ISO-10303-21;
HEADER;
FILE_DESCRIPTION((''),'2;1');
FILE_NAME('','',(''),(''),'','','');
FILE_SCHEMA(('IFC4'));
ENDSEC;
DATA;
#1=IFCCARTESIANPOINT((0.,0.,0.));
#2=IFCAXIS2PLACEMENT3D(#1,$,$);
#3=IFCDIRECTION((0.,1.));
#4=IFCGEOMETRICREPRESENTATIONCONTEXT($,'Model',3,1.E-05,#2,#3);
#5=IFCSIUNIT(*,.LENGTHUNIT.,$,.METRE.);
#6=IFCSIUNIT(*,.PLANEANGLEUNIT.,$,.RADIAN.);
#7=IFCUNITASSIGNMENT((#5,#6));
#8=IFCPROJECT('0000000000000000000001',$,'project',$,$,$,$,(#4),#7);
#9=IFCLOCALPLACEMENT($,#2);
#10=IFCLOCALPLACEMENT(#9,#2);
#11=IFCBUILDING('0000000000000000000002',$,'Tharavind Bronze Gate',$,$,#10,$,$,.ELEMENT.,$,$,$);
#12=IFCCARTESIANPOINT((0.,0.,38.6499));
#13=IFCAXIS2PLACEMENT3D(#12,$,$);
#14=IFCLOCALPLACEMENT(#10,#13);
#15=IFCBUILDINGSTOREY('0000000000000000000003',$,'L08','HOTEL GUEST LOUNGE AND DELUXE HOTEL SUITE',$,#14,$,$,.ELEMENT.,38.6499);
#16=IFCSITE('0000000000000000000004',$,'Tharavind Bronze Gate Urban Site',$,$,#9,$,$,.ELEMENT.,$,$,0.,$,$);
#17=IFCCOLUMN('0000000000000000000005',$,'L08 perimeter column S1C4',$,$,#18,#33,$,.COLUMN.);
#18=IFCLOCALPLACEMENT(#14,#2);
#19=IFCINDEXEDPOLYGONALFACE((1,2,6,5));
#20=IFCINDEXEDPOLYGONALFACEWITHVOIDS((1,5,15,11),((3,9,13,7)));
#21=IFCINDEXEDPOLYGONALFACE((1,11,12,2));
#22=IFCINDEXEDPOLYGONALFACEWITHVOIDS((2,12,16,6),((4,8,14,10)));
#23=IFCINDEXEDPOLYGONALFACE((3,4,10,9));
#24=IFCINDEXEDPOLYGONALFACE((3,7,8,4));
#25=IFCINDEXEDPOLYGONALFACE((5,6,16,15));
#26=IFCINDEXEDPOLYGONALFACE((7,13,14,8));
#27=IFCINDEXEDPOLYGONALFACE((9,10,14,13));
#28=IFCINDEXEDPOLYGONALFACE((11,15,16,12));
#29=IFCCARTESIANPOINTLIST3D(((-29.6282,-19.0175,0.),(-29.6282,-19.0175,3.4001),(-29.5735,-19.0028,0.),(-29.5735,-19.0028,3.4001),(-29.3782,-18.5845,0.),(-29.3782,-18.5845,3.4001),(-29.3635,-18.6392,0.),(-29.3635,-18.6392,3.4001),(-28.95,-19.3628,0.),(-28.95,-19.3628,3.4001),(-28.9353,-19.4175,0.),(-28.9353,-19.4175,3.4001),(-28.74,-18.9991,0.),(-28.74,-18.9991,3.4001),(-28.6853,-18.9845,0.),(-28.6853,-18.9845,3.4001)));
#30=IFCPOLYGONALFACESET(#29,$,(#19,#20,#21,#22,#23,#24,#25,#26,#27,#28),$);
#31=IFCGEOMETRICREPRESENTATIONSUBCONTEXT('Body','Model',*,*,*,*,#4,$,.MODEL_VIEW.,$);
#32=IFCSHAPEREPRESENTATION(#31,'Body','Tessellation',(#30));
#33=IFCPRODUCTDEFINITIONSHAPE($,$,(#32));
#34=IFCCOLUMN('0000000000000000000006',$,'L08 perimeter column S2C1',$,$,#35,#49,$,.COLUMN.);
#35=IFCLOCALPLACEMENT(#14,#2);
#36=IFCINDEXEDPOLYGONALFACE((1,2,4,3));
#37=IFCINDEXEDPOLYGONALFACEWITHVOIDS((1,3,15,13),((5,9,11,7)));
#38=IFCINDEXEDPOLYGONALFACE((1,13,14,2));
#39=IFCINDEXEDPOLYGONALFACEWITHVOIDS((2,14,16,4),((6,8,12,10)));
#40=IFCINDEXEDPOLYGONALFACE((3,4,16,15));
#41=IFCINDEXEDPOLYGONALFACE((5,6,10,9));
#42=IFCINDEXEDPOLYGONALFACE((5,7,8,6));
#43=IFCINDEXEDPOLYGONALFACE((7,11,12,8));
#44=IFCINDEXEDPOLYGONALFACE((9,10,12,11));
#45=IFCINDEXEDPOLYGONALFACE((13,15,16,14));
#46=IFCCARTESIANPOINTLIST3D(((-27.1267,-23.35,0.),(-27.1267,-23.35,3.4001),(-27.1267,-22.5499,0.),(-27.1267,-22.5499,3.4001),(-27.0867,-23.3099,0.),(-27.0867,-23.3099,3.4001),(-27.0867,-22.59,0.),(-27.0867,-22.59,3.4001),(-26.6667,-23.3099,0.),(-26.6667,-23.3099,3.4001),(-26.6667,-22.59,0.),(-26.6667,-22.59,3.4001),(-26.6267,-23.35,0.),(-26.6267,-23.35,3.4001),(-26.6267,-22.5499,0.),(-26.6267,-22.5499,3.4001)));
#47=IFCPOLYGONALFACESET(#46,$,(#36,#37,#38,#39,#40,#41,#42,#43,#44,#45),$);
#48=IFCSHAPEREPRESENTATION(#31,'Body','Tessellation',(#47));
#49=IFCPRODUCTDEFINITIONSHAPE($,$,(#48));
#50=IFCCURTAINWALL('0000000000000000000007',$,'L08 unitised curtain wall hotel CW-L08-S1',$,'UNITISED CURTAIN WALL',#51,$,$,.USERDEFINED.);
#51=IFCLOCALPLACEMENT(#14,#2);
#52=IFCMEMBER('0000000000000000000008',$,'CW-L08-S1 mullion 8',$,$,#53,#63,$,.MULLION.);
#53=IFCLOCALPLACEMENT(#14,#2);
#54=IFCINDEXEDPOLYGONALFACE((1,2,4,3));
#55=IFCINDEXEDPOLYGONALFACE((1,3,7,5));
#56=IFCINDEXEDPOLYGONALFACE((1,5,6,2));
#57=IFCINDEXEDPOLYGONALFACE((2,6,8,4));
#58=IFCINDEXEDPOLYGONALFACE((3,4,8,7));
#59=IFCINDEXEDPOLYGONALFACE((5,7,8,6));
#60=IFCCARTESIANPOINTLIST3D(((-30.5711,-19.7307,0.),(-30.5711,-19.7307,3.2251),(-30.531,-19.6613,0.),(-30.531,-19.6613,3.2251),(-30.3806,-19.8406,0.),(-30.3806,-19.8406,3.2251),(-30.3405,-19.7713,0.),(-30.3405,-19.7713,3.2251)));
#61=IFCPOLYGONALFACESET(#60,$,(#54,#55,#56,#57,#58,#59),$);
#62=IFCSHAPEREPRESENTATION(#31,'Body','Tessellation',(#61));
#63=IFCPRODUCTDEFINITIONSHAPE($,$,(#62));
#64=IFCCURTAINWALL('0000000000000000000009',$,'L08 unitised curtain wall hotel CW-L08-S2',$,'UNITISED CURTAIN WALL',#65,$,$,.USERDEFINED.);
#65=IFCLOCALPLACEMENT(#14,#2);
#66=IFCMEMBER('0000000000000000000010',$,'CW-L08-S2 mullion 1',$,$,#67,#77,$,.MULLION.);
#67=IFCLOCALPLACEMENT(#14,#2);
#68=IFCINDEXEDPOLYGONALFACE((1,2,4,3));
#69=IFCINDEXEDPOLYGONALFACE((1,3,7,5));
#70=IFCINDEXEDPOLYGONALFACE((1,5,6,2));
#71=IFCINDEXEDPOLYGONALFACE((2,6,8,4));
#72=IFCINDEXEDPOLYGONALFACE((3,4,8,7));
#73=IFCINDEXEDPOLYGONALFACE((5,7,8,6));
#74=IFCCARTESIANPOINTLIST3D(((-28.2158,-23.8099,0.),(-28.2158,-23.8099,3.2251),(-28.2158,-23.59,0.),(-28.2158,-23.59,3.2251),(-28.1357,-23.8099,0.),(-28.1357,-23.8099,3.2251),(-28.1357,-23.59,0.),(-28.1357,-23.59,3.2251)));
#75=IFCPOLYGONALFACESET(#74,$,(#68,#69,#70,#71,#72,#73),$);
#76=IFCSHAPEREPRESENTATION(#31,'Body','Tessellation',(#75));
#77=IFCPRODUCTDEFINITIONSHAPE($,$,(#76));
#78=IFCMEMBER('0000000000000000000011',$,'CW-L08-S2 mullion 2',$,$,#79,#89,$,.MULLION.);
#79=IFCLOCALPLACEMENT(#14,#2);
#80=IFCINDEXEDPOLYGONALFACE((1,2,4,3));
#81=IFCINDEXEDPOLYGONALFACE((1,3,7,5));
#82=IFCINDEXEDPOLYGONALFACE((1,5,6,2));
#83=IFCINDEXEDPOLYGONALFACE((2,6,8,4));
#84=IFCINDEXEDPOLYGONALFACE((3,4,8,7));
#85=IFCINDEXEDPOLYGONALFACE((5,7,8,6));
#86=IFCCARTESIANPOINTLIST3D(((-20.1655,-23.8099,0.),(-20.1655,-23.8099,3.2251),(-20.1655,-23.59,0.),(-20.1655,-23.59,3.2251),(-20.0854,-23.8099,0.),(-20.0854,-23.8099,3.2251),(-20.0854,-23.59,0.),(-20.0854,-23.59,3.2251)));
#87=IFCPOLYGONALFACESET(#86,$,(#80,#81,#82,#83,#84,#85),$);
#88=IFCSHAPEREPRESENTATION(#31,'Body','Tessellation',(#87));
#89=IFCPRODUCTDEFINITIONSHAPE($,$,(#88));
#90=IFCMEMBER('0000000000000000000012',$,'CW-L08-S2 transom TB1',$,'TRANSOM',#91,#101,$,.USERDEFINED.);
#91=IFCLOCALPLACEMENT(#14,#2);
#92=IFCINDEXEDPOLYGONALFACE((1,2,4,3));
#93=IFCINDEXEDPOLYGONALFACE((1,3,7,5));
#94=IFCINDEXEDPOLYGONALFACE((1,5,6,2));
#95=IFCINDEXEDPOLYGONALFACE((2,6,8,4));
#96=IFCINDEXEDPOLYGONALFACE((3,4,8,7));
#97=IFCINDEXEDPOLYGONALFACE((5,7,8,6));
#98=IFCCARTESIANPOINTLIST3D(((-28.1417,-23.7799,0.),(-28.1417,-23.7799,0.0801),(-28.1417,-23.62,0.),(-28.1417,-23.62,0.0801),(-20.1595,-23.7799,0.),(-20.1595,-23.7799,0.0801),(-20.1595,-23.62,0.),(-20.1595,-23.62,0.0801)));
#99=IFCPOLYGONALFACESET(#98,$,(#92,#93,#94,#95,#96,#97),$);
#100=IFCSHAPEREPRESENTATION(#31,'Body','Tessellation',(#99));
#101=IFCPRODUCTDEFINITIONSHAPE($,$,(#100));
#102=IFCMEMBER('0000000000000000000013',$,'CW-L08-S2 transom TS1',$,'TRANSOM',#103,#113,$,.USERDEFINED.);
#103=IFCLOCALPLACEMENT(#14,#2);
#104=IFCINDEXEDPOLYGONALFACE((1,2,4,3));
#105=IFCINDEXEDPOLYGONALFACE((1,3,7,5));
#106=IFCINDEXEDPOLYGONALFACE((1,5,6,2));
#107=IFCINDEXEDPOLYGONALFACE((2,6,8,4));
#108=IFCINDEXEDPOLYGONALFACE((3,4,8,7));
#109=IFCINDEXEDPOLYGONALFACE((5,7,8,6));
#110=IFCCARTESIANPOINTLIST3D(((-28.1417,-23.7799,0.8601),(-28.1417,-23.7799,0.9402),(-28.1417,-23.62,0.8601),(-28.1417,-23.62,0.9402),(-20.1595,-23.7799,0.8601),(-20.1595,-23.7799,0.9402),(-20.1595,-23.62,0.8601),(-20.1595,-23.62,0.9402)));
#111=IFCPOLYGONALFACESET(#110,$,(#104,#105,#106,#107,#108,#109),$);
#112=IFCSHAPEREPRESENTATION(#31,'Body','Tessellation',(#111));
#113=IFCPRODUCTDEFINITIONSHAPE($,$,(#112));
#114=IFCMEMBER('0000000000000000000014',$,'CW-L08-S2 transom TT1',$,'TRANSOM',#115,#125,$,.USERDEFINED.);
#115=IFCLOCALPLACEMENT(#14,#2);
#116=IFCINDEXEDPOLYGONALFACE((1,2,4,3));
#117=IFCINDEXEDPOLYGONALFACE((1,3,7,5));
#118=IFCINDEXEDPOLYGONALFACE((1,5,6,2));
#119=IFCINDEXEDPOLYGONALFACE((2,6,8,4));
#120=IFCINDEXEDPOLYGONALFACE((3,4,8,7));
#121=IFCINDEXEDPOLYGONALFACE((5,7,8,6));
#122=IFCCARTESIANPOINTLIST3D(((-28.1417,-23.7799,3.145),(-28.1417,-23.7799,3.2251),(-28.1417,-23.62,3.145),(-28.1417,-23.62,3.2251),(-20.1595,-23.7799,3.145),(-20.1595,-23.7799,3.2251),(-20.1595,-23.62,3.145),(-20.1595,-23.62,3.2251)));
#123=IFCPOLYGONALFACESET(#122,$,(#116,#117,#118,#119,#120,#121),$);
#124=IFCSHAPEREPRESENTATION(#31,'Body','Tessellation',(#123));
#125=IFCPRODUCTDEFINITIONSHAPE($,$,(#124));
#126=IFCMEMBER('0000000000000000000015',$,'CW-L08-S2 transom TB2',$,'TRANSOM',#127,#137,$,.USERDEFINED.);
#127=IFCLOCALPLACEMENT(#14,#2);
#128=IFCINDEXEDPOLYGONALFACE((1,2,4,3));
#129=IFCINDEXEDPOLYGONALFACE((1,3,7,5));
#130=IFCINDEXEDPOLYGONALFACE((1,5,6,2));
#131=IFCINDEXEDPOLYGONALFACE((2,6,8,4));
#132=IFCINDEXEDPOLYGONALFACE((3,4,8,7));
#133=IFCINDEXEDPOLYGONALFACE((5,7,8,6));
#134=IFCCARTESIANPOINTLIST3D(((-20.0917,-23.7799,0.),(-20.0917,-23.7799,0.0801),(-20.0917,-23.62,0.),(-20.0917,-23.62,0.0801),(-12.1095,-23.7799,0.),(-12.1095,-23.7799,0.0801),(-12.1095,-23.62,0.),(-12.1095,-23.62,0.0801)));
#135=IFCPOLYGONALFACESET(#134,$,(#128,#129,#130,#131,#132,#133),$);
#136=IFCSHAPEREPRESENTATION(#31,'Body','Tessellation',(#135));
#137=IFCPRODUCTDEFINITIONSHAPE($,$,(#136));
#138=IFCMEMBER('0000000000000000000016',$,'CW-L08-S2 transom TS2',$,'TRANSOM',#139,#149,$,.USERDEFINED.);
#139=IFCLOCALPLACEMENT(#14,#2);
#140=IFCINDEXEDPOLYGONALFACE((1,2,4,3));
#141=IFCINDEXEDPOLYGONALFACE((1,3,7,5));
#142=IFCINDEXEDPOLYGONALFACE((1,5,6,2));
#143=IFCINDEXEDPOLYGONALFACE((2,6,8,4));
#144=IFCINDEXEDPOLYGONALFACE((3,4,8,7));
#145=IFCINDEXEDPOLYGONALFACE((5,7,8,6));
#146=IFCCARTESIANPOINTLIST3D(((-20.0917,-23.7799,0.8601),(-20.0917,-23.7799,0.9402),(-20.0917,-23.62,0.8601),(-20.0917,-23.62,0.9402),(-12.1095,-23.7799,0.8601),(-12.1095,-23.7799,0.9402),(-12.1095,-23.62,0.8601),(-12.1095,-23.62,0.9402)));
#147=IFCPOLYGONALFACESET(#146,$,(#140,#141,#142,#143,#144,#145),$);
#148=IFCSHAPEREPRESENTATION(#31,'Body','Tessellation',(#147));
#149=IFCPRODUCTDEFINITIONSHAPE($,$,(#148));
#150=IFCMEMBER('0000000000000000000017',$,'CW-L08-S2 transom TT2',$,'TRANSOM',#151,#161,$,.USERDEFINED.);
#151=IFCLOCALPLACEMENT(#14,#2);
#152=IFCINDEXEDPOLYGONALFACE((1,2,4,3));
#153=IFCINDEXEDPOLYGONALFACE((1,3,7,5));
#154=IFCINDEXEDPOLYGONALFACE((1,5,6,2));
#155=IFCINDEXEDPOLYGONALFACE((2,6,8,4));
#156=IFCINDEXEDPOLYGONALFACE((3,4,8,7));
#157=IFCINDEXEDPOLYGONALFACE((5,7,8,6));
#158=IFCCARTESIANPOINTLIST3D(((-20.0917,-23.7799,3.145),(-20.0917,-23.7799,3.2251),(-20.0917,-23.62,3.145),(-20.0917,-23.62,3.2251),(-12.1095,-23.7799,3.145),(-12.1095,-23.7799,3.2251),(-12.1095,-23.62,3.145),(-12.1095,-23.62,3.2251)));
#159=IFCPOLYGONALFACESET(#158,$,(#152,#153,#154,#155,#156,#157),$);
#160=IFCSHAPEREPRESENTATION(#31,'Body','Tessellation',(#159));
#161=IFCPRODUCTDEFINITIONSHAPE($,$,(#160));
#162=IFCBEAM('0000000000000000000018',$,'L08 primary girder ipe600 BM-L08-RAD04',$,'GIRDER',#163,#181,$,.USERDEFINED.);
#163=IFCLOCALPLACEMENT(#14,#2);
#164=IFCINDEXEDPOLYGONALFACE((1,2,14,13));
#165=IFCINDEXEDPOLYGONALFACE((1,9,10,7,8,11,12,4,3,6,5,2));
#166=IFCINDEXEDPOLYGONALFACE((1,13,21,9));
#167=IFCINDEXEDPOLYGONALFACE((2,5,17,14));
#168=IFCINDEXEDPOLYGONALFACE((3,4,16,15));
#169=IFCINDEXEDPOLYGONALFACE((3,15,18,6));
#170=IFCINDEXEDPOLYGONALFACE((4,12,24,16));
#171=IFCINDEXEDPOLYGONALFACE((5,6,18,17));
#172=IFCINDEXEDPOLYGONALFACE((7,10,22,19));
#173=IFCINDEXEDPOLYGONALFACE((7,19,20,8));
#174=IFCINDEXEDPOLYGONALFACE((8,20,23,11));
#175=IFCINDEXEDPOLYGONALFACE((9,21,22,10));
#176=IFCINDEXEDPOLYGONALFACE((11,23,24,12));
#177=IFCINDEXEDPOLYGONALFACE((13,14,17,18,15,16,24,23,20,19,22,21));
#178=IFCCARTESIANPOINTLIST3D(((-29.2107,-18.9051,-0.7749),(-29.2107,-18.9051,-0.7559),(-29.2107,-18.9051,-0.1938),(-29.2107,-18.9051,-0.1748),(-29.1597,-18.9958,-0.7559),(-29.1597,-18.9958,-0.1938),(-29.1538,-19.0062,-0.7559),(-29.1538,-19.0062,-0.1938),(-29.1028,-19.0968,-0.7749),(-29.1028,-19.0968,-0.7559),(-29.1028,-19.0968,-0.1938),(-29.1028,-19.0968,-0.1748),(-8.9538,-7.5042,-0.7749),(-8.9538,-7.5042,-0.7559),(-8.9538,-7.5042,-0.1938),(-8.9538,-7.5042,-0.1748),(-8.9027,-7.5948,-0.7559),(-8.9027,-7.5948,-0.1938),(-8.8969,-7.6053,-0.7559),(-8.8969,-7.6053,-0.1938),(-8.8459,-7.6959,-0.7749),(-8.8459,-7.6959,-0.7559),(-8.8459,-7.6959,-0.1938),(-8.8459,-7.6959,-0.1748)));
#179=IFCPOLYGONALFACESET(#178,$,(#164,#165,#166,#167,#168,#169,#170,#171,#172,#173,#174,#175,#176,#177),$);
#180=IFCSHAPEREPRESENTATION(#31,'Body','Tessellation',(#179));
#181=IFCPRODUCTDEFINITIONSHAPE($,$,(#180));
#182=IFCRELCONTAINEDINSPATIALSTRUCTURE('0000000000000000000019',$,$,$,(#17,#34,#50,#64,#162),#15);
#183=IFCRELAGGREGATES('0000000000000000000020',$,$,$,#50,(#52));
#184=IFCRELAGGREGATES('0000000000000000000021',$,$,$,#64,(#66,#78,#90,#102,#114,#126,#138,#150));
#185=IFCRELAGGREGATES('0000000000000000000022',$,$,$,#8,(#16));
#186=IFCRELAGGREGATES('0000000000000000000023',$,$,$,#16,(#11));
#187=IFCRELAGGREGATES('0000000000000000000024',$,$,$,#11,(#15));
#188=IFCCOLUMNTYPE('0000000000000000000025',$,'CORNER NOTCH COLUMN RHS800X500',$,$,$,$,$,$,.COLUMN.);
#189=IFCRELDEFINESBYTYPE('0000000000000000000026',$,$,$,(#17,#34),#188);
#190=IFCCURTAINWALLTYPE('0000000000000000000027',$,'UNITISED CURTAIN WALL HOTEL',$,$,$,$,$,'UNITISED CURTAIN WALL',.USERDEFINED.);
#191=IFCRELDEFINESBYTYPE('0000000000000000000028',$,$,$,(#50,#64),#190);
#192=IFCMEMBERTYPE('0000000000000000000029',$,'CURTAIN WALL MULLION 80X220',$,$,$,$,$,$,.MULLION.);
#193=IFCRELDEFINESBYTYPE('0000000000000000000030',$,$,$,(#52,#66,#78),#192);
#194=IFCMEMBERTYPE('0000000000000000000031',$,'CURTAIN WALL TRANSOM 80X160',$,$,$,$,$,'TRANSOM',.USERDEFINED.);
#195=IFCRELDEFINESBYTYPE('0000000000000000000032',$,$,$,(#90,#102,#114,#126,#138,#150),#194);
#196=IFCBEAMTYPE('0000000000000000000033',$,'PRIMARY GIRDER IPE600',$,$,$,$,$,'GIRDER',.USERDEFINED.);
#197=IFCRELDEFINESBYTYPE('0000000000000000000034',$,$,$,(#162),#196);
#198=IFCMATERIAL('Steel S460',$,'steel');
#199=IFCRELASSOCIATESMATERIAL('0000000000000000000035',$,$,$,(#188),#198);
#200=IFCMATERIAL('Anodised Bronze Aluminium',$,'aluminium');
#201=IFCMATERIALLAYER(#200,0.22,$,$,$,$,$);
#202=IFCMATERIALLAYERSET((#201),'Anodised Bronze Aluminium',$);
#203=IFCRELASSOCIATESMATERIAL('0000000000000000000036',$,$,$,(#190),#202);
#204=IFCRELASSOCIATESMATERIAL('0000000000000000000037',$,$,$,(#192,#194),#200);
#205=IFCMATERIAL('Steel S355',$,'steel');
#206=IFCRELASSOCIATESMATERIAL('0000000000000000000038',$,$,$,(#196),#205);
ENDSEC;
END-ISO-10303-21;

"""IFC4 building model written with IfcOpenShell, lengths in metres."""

from ifc_helpers import new_model, si_unit, direction, frame, origin, origin_2d, place, context, subcontext, project, spatial, rectangle, hollow_rectangle, i_section, extrude, material, layer, layer_set, material_profile, profile_set, type_object, element, aggregate, save


model = new_model("IFC4")

# Units and contexts
model_context = context("Model", 3, precision=1e-05, world=origin(), true_north=direction((0.0, 1.0)))
body_context = subcontext(model_context, "Body", "Model", "MODEL_VIEW")
ifc_project = project(units=[si_unit("LENGTHUNIT", "METRE"), si_unit("PLANEANGLEUNIT", "RADIAN")], contexts=[model_context])

# Site, building, storey
site_placement = place(None, origin())
site = spatial("IfcSite", under=ifc_project, at=site_placement, Name="Tharavind Bronze Gate Urban Site", CompositionType="ELEMENT", RefElevation=0.0)
building_placement = place(site_placement, origin())
building = spatial("IfcBuilding", under=site, at=building_placement, Name="Tharavind Bronze Gate", CompositionType="ELEMENT")
storey_placement = place(building_placement, frame((0.0, 0.0, 38.6499)))
storey = spatial("IfcBuildingStorey", under=building, at=storey_placement, Name="L08", Description="HOTEL GUEST LOUNGE AND DELUXE HOTEL SUITE", CompositionType="ELEMENT", Elevation=38.6499)

# Columns
ifc_material_1 = material(Name="Steel S460", Category="steel")
ifc_material_profile_1 = material_profile(ifc_material_1, hollow_rectangle(XDim=0.5, YDim=0.8, WallThickness=0.04, at=origin_2d()), Name="RHS800X500X40")
ifc_profile_set_1 = profile_set([ifc_material_profile_1], Name="Steel S460")
column_type = type_object("IfcColumnType", Name="CORNER NOTCH COLUMN RHS800X500", PredefinedType="COLUMN", material=ifc_profile_set_1)
for number, where, z_axis, x_axis, name in (
    (1, (-29.1567, -19.001, 0.0), (0.0, 0.0, 1.0), (0.500002, 0.866025, 0.0), "L08 perimeter column S1C4"),
    (2, (-26.8767, -22.95, 0.0), (0.0, 0.0, 1.0), (1.0, 0.0, 0.0), "L08 perimeter column S2C1"),
):
    element("IfcColumn", number, at=place(storey_placement, frame(where, z_axis=z_axis, x_axis=x_axis)), inside=storey, type_object=column_type, Name=name, PredefinedType="COLUMN", context=body_context, shape_type="SweptSolid", body=[
        extrude(hollow_rectangle(XDim=0.5, YDim=0.8, WallThickness=0.04, at=origin_2d()), origin(), (0.0, 0.0, 1.0), 3.4001),
    ])

# Curtain wall, member
ifc_material_2 = material(Name="Anodised Bronze Aluminium", Category="aluminium")
ifc_layer_1 = layer(ifc_material_2, 0.22)
ifc_layer_set_1 = layer_set([ifc_layer_1], Name="Anodised Bronze Aluminium")
curtain_wall_type = type_object("IfcCurtainWallType", Name="UNITISED CURTAIN WALL HOTEL", ElementType="UNITISED CURTAIN WALL", PredefinedType="USERDEFINED", material=ifc_layer_set_1)
curtain_wall_1_placement = place(storey_placement, origin())
curtain_wall_1 = element("IfcCurtainWall", 3, at=curtain_wall_1_placement, inside=storey, type_object=curtain_wall_type, Name="L08 unitised curtain wall hotel CW-L08-S1", ObjectType="UNITISED CURTAIN WALL", PredefinedType="USERDEFINED")
member_type_1 = type_object("IfcMemberType", Name="CURTAIN WALL MULLION 80X220", PredefinedType="MULLION", material=ifc_material_2)
member_1_placement = place(storey_placement, frame((-30.4558, -19.751, 0.0), z_axis=(0.0, 0.0, 1.0), x_axis=(-0.500002, -0.866025, 0.0)))
member_1 = element("IfcMember", 4, at=member_1_placement, type_object=member_type_1, Name="CW-L08-S1 mullion 8", PredefinedType="MULLION", context=body_context, shape_type="SweptSolid", body=[
    extrude(rectangle(XDim=0.0801, YDim=0.22, at=origin_2d()), origin(), (0.0, 0.0, 1.0), 3.2251),
])
aggregate(curtain_wall_1, [member_1])

# Curtain wall, members
curtain_wall_2_placement = place(storey_placement, origin())
curtain_wall_2 = element("IfcCurtainWall", 5, at=curtain_wall_2_placement, inside=storey, type_object=curtain_wall_type, Name="L08 unitised curtain wall hotel CW-L08-S2", ObjectType="UNITISED CURTAIN WALL", PredefinedType="USERDEFINED")
member_2_placement = place(storey_placement, frame((-28.1758, -23.7, 0.0), z_axis=(0.0, 0.0, 1.0), x_axis=(1.0, 0.0, 0.0)))
member_2 = element("IfcMember", 6, at=member_2_placement, type_object=member_type_1, Name="CW-L08-S2 mullion 1", PredefinedType="MULLION", context=body_context, shape_type="SweptSolid", body=[
    extrude(rectangle(XDim=0.0801, YDim=0.22, at=origin_2d()), origin(), (0.0, 0.0, 1.0), 3.2251),
])
member_3_placement = place(storey_placement, frame((-20.1255, -23.7, 0.0), z_axis=(0.0, 0.0, 1.0), x_axis=(1.0, 0.0, 0.0)))
member_3 = element("IfcMember", 7, at=member_3_placement, type_object=member_type_1, Name="CW-L08-S2 mullion 2", PredefinedType="MULLION", context=body_context, shape_type="SweptSolid", body=[
    extrude(rectangle(XDim=0.0801, YDim=0.22, at=origin_2d()), origin(), (0.0, 0.0, 1.0), 3.2251),
])
member_type_2 = type_object("IfcMemberType", Name="CURTAIN WALL TRANSOM 80X160", ElementType="TRANSOM", PredefinedType="USERDEFINED", material=ifc_material_2)
member_4_placement = place(storey_placement, frame((-24.1506, -23.7, 0.0), z_axis=(0.0, 0.0, 1.0), x_axis=(1.0, 0.0, 0.0)))
member_4 = element("IfcMember", 8, at=member_4_placement, type_object=member_type_2, Name="CW-L08-S2 transom TB1", ObjectType="TRANSOM", PredefinedType="USERDEFINED", context=body_context, shape_type="SweptSolid", body=[
    extrude(rectangle(XDim=7.9822, YDim=0.1599, at=origin_2d()), origin(), (0.0, 0.0, 1.0), 0.0801),
])
member_5_placement = place(storey_placement, frame((-24.1506, -23.7, 0.8601), z_axis=(0.0, 0.0, 1.0), x_axis=(1.0, 0.0, 0.0)))
member_5 = element("IfcMember", 9, at=member_5_placement, type_object=member_type_2, Name="CW-L08-S2 transom TS1", ObjectType="TRANSOM", PredefinedType="USERDEFINED", context=body_context, shape_type="SweptSolid", body=[
    extrude(rectangle(XDim=7.9822, YDim=0.1599, at=origin_2d()), origin(), (0.0, 0.0, 1.0), 0.0801),
])
member_6_placement = place(storey_placement, frame((-24.1506, -23.7, 3.145), z_axis=(0.0, 0.0, 1.0), x_axis=(1.0, 0.0, 0.0)))
member_6 = element("IfcMember", 10, at=member_6_placement, type_object=member_type_2, Name="CW-L08-S2 transom TT1", ObjectType="TRANSOM", PredefinedType="USERDEFINED", context=body_context, shape_type="SweptSolid", body=[
    extrude(rectangle(XDim=7.9822, YDim=0.1599, at=origin_2d()), origin(), (0.0, 0.0, 1.0), 0.0801),
])
member_7_placement = place(storey_placement, frame((-16.1006, -23.7, 0.0), z_axis=(0.0, 0.0, 1.0), x_axis=(1.0, 0.0, 0.0)))
member_7 = element("IfcMember", 11, at=member_7_placement, type_object=member_type_2, Name="CW-L08-S2 transom TB2", ObjectType="TRANSOM", PredefinedType="USERDEFINED", context=body_context, shape_type="SweptSolid", body=[
    extrude(rectangle(XDim=7.9822, YDim=0.1599, at=origin_2d()), origin(), (0.0, 0.0, 1.0), 0.0801),
])
member_8_placement = place(storey_placement, frame((-16.1006, -23.7, 0.8601), z_axis=(0.0, 0.0, 1.0), x_axis=(1.0, 0.0, 0.0)))
member_8 = element("IfcMember", 12, at=member_8_placement, type_object=member_type_2, Name="CW-L08-S2 transom TS2", ObjectType="TRANSOM", PredefinedType="USERDEFINED", context=body_context, shape_type="SweptSolid", body=[
    extrude(rectangle(XDim=7.9822, YDim=0.1599, at=origin_2d()), origin(), (0.0, 0.0, 1.0), 0.0801),
])
member_9_placement = place(storey_placement, frame((-16.1006, -23.7, 3.145), z_axis=(0.0, 0.0, 1.0), x_axis=(1.0, 0.0, 0.0)))
member_9 = element("IfcMember", 13, at=member_9_placement, type_object=member_type_2, Name="CW-L08-S2 transom TT2", ObjectType="TRANSOM", PredefinedType="USERDEFINED", context=body_context, shape_type="SweptSolid", body=[
    extrude(rectangle(XDim=7.9822, YDim=0.1599, at=origin_2d()), origin(), (0.0, 0.0, 1.0), 0.0801),
])

# Beam
ifc_material_3 = material(Name="Steel S355", Category="steel")
ifc_material_profile_2 = material_profile(ifc_material_3, i_section(OverallWidth=0.22, OverallDepth=0.6001, WebThickness=0.012, FlangeThickness=0.019, at=origin_2d()), Name="IPE600")
ifc_profile_set_2 = profile_set([ifc_material_profile_2], Name="Steel S355")
beam_type_1 = type_object("IfcBeamType", Name="PRIMARY GIRDER IPE600", ElementType="GIRDER", PredefinedType="USERDEFINED", material=ifc_profile_set_2)
beam_1_placement = place(storey_placement, frame((-29.1567, -19.001, -0.4749), z_axis=(0.871458, 0.490471, 0.0), x_axis=(-0.490471, 0.871458, 0.0)))
element("IfcBeam", 14, at=beam_1_placement, inside=storey, type_object=beam_type_1, Name="L08 primary girder ipe600 BM-L08-RAD04", ObjectType="GIRDER", PredefinedType="USERDEFINED", context=body_context, shape_type="SweptSolid", body=[
    extrude(i_section(OverallWidth=0.22, OverallDepth=0.6001, WebThickness=0.012, FlangeThickness=0.019, at=origin_2d()), origin(), (0.0, 0.0, 1.0), 23.2449),
])

aggregate(curtain_wall_2, [member_2, member_3, member_4, member_5, member_6, member_7, member_8, member_9])

save(model, "model.ifc")
